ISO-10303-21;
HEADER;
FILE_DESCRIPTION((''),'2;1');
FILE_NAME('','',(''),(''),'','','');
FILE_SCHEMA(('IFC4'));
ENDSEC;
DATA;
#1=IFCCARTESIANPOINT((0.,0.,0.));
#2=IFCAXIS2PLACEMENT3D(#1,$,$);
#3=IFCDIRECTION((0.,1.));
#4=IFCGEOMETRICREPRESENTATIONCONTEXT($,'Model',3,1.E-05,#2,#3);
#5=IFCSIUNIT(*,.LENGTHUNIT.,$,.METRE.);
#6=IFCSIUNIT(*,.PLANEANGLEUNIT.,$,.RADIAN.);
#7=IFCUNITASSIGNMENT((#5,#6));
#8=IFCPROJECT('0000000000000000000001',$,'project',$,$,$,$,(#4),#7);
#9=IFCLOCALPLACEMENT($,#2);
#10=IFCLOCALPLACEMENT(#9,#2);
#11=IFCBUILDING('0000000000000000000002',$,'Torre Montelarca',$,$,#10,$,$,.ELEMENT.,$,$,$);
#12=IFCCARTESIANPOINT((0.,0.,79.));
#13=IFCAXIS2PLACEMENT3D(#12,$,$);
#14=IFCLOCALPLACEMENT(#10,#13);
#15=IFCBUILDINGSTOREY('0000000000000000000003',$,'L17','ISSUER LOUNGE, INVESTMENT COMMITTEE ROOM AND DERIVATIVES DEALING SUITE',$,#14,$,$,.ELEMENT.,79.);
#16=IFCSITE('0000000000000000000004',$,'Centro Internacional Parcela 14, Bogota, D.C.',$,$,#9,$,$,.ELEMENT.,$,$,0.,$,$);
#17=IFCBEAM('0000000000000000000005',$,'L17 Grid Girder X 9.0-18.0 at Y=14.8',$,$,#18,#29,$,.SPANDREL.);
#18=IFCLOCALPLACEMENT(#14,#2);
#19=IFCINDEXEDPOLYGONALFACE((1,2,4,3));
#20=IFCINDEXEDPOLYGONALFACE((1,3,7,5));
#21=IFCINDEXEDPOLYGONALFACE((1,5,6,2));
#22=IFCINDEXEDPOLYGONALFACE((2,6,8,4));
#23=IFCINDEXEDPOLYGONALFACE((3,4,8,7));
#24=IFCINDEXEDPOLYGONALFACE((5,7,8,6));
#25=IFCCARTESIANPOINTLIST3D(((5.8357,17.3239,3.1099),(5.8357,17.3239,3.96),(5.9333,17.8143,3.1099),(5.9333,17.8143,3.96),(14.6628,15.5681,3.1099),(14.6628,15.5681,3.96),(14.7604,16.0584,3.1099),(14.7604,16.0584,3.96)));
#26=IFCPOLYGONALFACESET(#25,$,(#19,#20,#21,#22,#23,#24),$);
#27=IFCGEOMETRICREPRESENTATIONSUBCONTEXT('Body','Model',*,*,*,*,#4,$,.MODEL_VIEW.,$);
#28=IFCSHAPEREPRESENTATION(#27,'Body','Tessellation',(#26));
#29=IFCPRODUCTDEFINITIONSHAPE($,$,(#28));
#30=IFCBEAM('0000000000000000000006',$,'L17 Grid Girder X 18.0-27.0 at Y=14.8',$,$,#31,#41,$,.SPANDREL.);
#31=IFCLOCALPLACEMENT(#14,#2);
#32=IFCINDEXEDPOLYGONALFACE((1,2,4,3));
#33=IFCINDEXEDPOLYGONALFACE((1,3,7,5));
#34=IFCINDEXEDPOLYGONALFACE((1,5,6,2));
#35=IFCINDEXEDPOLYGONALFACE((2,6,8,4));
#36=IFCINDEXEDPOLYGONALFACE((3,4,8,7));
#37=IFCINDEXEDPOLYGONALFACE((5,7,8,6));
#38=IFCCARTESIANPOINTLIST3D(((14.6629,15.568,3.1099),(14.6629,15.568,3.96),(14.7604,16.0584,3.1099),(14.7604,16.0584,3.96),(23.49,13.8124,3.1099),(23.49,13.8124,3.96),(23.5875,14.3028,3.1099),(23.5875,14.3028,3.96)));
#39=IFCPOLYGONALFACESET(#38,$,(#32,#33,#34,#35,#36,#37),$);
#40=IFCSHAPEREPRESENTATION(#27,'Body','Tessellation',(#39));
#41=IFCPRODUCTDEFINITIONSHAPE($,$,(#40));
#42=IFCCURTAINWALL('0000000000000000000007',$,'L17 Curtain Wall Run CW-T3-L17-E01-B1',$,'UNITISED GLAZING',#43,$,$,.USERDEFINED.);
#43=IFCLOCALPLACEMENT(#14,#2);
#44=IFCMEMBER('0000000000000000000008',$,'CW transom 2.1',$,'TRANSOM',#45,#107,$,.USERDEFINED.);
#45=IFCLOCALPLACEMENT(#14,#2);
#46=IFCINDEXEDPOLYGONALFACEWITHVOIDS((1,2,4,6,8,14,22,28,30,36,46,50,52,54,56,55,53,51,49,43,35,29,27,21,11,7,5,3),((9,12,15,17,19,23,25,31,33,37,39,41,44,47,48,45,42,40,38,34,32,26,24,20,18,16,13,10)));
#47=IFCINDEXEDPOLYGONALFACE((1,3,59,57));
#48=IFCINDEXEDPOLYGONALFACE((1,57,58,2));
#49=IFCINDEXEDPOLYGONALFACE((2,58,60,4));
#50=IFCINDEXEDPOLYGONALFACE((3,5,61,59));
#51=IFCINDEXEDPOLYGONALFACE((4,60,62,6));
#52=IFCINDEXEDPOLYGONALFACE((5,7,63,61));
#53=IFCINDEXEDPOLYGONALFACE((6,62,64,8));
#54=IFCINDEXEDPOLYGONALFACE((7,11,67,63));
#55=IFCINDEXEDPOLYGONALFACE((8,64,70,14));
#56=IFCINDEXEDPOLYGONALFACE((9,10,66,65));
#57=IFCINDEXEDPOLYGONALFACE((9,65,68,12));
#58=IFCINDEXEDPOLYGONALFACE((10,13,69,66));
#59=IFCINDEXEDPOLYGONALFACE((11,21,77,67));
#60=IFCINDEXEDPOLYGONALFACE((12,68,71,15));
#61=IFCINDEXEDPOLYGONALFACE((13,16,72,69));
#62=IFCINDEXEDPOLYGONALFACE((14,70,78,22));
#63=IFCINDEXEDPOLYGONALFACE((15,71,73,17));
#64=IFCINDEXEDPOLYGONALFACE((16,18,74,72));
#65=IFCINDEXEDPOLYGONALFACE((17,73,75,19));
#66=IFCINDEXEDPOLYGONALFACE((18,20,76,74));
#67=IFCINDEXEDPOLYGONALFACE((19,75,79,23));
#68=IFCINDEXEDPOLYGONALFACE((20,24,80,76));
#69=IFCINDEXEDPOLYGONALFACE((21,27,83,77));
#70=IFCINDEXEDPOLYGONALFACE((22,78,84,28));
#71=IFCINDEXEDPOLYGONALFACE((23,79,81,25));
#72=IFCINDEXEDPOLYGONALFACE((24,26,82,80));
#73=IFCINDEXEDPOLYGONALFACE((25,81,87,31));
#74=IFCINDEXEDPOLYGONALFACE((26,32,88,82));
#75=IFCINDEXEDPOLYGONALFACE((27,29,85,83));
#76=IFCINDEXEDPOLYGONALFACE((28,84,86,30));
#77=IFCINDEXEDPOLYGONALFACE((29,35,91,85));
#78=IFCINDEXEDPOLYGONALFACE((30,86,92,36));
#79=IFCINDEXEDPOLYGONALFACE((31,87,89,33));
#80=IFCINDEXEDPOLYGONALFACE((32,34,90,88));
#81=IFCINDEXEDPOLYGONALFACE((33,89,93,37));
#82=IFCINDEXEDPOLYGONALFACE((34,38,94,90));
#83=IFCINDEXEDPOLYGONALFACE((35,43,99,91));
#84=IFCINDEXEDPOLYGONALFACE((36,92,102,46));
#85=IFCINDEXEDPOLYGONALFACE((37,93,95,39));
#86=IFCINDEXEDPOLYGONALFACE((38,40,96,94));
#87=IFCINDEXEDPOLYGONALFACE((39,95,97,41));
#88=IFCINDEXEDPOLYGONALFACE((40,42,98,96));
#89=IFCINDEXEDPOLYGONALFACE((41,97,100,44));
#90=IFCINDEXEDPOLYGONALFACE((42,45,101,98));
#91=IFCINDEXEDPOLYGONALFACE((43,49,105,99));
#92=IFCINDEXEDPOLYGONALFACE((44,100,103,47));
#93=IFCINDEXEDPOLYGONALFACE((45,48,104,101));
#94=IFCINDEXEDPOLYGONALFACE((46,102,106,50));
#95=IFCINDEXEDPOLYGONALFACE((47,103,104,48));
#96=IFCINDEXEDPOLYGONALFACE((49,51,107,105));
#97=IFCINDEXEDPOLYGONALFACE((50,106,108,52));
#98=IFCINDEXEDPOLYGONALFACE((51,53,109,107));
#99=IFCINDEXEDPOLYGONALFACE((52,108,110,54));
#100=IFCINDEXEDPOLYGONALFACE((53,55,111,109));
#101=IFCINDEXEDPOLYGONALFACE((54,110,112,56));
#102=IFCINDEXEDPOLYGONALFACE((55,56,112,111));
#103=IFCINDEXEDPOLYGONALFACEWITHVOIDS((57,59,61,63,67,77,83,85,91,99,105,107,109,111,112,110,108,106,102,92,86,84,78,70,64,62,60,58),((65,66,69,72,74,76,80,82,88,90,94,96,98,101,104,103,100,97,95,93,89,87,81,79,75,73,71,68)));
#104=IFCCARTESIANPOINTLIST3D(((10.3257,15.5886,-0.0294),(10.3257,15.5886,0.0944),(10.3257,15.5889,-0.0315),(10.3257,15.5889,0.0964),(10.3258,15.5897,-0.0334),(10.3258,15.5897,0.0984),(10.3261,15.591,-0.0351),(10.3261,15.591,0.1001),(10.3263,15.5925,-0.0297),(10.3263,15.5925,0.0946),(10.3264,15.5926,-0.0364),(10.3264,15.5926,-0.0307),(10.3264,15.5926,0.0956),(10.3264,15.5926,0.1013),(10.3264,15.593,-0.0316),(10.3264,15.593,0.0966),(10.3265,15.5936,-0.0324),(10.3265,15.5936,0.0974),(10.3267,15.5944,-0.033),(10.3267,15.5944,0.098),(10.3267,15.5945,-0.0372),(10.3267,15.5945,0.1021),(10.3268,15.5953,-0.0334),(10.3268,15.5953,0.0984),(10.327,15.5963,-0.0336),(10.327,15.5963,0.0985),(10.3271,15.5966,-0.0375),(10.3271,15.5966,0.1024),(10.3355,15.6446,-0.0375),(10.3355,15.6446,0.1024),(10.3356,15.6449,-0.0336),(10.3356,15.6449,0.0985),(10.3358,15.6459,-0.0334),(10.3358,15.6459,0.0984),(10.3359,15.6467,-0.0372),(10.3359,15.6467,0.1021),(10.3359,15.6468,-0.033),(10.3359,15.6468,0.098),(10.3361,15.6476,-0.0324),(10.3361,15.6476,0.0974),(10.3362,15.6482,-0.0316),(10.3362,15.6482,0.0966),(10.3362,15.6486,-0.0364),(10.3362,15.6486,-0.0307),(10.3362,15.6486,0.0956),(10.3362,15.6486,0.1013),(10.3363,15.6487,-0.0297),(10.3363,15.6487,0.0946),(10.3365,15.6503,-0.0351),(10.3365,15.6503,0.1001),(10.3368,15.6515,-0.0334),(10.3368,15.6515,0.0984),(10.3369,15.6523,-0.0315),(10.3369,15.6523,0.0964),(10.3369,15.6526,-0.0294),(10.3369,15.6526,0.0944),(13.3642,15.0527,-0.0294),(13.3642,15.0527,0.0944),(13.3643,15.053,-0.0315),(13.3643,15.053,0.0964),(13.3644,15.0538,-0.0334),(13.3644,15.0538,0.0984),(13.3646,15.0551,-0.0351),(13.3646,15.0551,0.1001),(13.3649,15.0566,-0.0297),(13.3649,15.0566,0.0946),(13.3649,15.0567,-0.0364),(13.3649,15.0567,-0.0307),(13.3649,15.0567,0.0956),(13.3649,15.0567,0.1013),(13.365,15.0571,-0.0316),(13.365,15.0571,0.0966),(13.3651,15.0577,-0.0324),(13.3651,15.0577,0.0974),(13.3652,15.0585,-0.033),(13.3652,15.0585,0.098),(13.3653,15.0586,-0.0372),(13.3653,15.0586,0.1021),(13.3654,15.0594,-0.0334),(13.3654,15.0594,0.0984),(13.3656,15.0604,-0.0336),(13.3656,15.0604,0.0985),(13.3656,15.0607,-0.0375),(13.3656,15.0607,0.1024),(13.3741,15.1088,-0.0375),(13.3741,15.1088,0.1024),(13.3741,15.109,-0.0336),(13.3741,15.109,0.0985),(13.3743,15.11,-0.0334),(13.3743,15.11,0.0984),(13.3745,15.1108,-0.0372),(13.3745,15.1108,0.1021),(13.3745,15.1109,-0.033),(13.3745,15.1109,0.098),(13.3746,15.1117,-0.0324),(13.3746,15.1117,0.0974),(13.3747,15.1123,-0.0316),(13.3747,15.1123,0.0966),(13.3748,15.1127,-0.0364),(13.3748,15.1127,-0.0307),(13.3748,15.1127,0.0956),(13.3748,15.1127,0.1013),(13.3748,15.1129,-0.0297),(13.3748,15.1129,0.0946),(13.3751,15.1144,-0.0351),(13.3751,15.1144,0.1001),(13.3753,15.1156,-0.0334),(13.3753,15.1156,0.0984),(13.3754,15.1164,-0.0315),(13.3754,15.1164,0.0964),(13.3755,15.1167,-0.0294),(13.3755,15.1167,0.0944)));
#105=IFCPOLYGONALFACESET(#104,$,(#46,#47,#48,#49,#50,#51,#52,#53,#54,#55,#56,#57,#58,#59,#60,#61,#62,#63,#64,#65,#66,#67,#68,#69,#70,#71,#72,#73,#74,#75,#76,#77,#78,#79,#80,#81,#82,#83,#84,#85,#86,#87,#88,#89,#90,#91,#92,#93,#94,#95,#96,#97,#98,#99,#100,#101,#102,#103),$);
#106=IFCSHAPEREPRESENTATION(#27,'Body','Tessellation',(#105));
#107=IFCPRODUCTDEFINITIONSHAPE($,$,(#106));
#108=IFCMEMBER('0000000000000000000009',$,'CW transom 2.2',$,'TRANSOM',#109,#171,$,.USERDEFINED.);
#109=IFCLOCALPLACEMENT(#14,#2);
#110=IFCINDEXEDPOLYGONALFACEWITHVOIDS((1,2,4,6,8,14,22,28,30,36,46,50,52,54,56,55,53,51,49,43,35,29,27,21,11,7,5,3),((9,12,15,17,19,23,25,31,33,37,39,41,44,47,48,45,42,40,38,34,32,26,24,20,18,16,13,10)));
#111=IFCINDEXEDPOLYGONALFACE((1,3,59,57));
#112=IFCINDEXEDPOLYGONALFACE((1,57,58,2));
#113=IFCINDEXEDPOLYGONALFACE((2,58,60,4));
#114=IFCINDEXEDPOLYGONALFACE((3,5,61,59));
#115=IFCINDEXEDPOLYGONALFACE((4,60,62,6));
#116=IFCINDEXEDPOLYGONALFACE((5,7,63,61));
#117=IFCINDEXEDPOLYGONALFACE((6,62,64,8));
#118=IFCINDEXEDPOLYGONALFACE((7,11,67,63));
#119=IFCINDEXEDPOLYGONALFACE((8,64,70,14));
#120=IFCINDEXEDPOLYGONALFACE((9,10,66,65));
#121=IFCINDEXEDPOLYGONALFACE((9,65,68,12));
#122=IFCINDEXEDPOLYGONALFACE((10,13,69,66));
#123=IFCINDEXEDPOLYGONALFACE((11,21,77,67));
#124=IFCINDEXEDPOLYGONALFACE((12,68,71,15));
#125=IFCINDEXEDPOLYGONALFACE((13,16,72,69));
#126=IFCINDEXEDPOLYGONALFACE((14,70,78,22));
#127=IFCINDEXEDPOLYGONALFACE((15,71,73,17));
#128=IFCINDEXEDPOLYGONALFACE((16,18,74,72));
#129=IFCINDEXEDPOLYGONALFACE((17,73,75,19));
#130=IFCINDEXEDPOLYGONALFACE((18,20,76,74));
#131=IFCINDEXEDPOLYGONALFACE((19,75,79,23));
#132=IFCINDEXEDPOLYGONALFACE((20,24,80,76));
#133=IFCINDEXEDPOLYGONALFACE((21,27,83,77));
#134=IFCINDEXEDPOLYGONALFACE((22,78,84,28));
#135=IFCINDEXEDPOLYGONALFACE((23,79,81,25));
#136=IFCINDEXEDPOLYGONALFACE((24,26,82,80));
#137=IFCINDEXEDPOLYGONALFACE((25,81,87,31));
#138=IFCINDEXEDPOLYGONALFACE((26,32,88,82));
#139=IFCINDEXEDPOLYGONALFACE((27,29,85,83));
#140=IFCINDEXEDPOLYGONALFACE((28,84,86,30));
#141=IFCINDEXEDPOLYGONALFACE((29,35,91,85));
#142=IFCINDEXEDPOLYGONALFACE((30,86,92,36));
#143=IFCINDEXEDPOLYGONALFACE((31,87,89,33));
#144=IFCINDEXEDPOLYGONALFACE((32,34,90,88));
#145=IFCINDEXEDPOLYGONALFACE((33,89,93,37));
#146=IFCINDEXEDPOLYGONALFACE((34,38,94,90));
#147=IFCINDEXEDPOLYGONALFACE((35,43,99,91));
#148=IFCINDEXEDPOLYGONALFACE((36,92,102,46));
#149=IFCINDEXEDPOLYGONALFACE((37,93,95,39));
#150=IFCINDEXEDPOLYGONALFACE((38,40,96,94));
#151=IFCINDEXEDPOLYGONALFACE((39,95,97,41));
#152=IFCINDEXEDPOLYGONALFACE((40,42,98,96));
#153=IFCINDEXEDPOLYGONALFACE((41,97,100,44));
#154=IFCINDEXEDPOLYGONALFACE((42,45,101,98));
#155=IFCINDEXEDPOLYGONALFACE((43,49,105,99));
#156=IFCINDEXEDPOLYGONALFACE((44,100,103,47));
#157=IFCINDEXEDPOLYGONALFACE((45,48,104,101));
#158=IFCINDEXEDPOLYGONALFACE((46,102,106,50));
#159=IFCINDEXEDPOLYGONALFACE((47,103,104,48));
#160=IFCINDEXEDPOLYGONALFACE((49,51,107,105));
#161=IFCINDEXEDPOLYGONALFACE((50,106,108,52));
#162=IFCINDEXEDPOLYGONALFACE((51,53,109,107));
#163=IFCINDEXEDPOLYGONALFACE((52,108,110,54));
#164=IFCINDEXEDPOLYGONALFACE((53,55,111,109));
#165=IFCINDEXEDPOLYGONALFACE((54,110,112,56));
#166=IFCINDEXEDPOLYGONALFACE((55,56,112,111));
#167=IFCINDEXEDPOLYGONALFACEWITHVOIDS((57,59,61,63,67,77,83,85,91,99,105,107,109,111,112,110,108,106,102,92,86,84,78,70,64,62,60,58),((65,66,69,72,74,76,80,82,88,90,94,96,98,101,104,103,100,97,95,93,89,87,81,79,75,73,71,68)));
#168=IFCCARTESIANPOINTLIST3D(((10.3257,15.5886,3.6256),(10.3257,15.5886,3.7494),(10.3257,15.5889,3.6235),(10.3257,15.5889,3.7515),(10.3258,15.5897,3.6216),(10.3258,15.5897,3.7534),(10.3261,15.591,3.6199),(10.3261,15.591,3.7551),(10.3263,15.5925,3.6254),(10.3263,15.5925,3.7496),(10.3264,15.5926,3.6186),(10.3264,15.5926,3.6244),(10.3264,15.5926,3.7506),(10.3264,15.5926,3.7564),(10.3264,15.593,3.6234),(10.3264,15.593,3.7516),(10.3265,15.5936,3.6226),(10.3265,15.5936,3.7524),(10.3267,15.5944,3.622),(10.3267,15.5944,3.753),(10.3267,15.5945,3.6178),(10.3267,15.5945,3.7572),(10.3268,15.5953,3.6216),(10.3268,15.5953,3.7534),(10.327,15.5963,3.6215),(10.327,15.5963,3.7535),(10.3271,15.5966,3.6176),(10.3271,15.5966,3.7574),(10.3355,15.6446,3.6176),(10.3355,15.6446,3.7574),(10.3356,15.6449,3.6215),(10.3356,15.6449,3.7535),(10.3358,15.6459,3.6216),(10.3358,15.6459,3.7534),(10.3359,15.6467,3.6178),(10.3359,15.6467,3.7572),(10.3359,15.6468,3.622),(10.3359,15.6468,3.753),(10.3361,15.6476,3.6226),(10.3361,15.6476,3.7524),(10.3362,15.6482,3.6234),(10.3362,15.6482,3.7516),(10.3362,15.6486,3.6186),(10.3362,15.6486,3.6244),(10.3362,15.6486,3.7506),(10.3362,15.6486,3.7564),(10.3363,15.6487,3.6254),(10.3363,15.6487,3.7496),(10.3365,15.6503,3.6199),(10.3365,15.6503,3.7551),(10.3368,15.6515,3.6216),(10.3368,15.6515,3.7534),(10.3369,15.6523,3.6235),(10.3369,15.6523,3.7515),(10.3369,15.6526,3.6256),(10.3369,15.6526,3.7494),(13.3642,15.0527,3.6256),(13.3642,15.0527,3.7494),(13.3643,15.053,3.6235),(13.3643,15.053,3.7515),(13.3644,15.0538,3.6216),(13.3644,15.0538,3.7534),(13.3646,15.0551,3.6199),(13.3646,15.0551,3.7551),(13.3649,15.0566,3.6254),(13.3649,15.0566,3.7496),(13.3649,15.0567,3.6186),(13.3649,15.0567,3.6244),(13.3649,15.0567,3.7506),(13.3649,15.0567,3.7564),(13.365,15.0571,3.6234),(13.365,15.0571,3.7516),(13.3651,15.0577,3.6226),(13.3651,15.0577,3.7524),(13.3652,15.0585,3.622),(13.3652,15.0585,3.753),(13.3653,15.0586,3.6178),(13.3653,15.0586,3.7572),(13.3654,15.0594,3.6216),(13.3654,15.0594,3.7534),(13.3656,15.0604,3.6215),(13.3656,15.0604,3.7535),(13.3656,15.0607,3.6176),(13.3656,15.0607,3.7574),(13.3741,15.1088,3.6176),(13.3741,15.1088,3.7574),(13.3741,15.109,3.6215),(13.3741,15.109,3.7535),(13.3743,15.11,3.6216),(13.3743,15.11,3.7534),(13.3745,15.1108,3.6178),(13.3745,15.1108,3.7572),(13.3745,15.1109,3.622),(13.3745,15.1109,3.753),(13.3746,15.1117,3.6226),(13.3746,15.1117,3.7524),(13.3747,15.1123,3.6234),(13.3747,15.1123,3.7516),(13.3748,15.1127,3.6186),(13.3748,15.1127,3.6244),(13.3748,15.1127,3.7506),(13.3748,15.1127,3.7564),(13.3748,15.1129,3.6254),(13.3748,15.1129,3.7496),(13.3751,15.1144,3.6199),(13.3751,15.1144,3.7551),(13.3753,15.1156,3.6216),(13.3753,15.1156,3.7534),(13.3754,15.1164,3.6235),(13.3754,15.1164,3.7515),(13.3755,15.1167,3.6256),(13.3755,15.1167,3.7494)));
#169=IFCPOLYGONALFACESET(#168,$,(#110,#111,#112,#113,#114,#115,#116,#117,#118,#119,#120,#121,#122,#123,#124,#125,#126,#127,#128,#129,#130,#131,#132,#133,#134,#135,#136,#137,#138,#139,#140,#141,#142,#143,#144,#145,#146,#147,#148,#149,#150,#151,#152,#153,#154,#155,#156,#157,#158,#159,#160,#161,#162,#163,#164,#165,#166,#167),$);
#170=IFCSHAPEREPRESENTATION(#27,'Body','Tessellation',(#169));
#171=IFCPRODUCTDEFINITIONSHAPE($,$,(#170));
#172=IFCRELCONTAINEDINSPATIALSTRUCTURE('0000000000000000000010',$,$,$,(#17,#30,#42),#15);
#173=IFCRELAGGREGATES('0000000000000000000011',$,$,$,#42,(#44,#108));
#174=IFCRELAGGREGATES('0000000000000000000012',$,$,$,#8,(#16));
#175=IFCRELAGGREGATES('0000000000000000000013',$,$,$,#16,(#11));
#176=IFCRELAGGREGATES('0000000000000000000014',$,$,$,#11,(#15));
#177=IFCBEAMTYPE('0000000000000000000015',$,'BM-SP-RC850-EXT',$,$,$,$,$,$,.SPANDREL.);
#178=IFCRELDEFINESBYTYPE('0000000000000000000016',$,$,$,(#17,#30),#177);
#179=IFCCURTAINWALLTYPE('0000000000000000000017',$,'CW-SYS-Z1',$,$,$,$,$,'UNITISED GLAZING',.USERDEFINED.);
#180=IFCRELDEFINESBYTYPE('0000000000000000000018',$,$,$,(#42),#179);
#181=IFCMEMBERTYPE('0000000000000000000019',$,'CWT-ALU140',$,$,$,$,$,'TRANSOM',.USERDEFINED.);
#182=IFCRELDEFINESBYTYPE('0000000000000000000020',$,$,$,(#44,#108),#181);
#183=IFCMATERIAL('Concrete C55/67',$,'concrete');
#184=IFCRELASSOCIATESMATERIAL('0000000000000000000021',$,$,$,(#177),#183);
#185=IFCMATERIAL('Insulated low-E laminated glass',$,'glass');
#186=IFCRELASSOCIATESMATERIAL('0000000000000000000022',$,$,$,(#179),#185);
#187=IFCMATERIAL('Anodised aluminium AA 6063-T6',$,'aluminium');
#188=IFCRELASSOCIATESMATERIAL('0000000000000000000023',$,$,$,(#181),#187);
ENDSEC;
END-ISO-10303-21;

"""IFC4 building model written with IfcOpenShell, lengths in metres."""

from ifc_helpers import new_model, si_unit, direction, frame, origin, origin_2d, place, context, subcontext, project, spatial, rectangle, hollow_rectangle, extrude, source, transform, mapped, material, material_profile, profile_set, type_object, element, aggregate, save


model = new_model("IFC4")

# Units and contexts
model_context = context("Model", 3, precision=1e-05, world=origin(), true_north=direction((0.0, 1.0)))
body_context = subcontext(model_context, "Body", "Model", "MODEL_VIEW")
ifc_project = project(units=[si_unit("LENGTHUNIT", "METRE"), si_unit("PLANEANGLEUNIT", "RADIAN")], contexts=[model_context])

# Site, building, storey
site_placement = place(None, origin())
site = spatial("IfcSite", under=ifc_project, at=site_placement, Name="Centro Internacional Parcela 14, Bogota, D.C.", CompositionType="ELEMENT", RefElevation=0.0)
building_placement = place(site_placement, origin())
building = spatial("IfcBuilding", under=site, at=building_placement, Name="Torre Montelarca", CompositionType="ELEMENT")
storey_placement = place(building_placement, frame((0.0, 0.0, 79.0)))
storey = spatial("IfcBuildingStorey", under=building, at=storey_placement, Name="L17", Description="ISSUER LOUNGE, INVESTMENT COMMITTEE ROOM AND DERIVATIVES DEALING SUITE", CompositionType="ELEMENT", Elevation=79.0)

# Beams
ifc_material_1 = material(Name="Concrete C55/67", Category="concrete")
ifc_material_profile_1 = material_profile(ifc_material_1, rectangle(XDim=0.5, YDim=0.8501, at=origin_2d()), Name="RCB500X850", Category="concrete")
ifc_profile_set_1 = profile_set([ifc_material_profile_1], Name="Concrete C55/67")
beam_type = type_object("IfcBeamType", Name="BM-SP-RC850-EXT", PredefinedType="SPANDREL", material=ifc_profile_set_1)
shared_shape_1 = source(origin(), body_context, "Body", "SweptSolid", [
    extrude(rectangle(XDim=0.5, YDim=0.8501, at=origin_2d()), origin(), (0.0, 0.0, 1.0), 9.0),
])
for number, where, z_axis, x_axis, name in (
    (1, (5.8845, 17.5691, 3.5349), (0.980785, -0.195094, 0.0), (0.195094, 0.980785, 0.0), "L17 Grid Girder X 9.0-18.0 at Y=14.8"),
    (2, (14.7117, 15.8132, 3.5349), (0.98079, -0.195067, 0.0), (0.195067, 0.98079, 0.0), "L17 Grid Girder X 18.0-27.0 at Y=14.8"),
):
    element("IfcBeam", number, at=place(storey_placement, frame(where, z_axis=z_axis, x_axis=x_axis)), inside=storey, type_object=beam_type, Name=name, PredefinedType="SPANDREL", context=body_context, shape_type="MappedRepresentation", body=[
        mapped(shared_shape_1, transform((0.0, 0.0, 0.0), scale=1.0)),
    ])

# Curtain wall, members
ifc_material_2 = material(Name="Insulated low-E laminated glass", Category="glass")
curtain_wall_type = type_object("IfcCurtainWallType", Name="CW-SYS-Z1", ElementType="UNITISED GLAZING", PredefinedType="USERDEFINED", material=ifc_material_2)
curtain_wall_1_placement = place(storey_placement, origin())
curtain_wall_1 = element("IfcCurtainWall", 3, at=curtain_wall_1_placement, inside=storey, type_object=curtain_wall_type, Name="L17 Curtain Wall Run CW-T3-L17-E01-B1", ObjectType="UNITISED GLAZING", PredefinedType="USERDEFINED")
ifc_material_3 = material(Name="Anodised aluminium AA 6063-T6", Category="aluminium")
ifc_material_profile_2 = material_profile(ifc_material_3, hollow_rectangle(XDim=0.0649, YDim=0.1399, WallThickness=0.0039, InnerFilletRadius=0.0039, OuterFilletRadius=0.0081, at=origin_2d()), Name="ALU65X140X4", Category="aluminium")
ifc_profile_set_2 = profile_set([ifc_material_profile_2], Name="Anodised aluminium AA 6063-T6")
member_type_1 = type_object("IfcMemberType", Name="CWT-ALU140", ElementType="TRANSOM", PredefinedType="USERDEFINED", material=ifc_profile_set_2)
shared_shape_2 = source(origin(), body_context, "Body", "SweptSolid", [
    extrude(hollow_rectangle(XDim=0.0649, YDim=0.1399, WallThickness=0.0039, InnerFilletRadius=0.0039, OuterFilletRadius=0.0081, at=origin_2d()), origin(), (0.0, 0.0, 1.0), 3.0854),
])
member_1_placement = place(storey_placement, frame((10.3313, 15.6206, 0.0325), z_axis=(0.984802, -0.173682, 0.0), x_axis=(0.173682, 0.984802, 0.0)))
member_1 = element("IfcMember", 4, at=member_1_placement, type_object=member_type_1, Name="CW transom 2.1", ObjectType="TRANSOM", PredefinedType="USERDEFINED", context=body_context, shape_type="MappedRepresentation", body=[
    mapped(shared_shape_2, transform((0.0, 0.0, 0.0), scale=1.0)),
])
member_2_placement = place(storey_placement, frame((10.3313, 15.6206, 3.6875), z_axis=(0.984802, -0.173682, 0.0), x_axis=(0.173682, 0.984802, 0.0)))
member_2 = element("IfcMember", 5, at=member_2_placement, type_object=member_type_1, Name="CW transom 2.2", ObjectType="TRANSOM", PredefinedType="USERDEFINED", context=body_context, shape_type="MappedRepresentation", body=[
    mapped(shared_shape_2, transform((0.0, 0.0, 0.0), scale=1.0)),
])

aggregate(curtain_wall_1, [member_1, member_2])

save(model, "model.ifc")
